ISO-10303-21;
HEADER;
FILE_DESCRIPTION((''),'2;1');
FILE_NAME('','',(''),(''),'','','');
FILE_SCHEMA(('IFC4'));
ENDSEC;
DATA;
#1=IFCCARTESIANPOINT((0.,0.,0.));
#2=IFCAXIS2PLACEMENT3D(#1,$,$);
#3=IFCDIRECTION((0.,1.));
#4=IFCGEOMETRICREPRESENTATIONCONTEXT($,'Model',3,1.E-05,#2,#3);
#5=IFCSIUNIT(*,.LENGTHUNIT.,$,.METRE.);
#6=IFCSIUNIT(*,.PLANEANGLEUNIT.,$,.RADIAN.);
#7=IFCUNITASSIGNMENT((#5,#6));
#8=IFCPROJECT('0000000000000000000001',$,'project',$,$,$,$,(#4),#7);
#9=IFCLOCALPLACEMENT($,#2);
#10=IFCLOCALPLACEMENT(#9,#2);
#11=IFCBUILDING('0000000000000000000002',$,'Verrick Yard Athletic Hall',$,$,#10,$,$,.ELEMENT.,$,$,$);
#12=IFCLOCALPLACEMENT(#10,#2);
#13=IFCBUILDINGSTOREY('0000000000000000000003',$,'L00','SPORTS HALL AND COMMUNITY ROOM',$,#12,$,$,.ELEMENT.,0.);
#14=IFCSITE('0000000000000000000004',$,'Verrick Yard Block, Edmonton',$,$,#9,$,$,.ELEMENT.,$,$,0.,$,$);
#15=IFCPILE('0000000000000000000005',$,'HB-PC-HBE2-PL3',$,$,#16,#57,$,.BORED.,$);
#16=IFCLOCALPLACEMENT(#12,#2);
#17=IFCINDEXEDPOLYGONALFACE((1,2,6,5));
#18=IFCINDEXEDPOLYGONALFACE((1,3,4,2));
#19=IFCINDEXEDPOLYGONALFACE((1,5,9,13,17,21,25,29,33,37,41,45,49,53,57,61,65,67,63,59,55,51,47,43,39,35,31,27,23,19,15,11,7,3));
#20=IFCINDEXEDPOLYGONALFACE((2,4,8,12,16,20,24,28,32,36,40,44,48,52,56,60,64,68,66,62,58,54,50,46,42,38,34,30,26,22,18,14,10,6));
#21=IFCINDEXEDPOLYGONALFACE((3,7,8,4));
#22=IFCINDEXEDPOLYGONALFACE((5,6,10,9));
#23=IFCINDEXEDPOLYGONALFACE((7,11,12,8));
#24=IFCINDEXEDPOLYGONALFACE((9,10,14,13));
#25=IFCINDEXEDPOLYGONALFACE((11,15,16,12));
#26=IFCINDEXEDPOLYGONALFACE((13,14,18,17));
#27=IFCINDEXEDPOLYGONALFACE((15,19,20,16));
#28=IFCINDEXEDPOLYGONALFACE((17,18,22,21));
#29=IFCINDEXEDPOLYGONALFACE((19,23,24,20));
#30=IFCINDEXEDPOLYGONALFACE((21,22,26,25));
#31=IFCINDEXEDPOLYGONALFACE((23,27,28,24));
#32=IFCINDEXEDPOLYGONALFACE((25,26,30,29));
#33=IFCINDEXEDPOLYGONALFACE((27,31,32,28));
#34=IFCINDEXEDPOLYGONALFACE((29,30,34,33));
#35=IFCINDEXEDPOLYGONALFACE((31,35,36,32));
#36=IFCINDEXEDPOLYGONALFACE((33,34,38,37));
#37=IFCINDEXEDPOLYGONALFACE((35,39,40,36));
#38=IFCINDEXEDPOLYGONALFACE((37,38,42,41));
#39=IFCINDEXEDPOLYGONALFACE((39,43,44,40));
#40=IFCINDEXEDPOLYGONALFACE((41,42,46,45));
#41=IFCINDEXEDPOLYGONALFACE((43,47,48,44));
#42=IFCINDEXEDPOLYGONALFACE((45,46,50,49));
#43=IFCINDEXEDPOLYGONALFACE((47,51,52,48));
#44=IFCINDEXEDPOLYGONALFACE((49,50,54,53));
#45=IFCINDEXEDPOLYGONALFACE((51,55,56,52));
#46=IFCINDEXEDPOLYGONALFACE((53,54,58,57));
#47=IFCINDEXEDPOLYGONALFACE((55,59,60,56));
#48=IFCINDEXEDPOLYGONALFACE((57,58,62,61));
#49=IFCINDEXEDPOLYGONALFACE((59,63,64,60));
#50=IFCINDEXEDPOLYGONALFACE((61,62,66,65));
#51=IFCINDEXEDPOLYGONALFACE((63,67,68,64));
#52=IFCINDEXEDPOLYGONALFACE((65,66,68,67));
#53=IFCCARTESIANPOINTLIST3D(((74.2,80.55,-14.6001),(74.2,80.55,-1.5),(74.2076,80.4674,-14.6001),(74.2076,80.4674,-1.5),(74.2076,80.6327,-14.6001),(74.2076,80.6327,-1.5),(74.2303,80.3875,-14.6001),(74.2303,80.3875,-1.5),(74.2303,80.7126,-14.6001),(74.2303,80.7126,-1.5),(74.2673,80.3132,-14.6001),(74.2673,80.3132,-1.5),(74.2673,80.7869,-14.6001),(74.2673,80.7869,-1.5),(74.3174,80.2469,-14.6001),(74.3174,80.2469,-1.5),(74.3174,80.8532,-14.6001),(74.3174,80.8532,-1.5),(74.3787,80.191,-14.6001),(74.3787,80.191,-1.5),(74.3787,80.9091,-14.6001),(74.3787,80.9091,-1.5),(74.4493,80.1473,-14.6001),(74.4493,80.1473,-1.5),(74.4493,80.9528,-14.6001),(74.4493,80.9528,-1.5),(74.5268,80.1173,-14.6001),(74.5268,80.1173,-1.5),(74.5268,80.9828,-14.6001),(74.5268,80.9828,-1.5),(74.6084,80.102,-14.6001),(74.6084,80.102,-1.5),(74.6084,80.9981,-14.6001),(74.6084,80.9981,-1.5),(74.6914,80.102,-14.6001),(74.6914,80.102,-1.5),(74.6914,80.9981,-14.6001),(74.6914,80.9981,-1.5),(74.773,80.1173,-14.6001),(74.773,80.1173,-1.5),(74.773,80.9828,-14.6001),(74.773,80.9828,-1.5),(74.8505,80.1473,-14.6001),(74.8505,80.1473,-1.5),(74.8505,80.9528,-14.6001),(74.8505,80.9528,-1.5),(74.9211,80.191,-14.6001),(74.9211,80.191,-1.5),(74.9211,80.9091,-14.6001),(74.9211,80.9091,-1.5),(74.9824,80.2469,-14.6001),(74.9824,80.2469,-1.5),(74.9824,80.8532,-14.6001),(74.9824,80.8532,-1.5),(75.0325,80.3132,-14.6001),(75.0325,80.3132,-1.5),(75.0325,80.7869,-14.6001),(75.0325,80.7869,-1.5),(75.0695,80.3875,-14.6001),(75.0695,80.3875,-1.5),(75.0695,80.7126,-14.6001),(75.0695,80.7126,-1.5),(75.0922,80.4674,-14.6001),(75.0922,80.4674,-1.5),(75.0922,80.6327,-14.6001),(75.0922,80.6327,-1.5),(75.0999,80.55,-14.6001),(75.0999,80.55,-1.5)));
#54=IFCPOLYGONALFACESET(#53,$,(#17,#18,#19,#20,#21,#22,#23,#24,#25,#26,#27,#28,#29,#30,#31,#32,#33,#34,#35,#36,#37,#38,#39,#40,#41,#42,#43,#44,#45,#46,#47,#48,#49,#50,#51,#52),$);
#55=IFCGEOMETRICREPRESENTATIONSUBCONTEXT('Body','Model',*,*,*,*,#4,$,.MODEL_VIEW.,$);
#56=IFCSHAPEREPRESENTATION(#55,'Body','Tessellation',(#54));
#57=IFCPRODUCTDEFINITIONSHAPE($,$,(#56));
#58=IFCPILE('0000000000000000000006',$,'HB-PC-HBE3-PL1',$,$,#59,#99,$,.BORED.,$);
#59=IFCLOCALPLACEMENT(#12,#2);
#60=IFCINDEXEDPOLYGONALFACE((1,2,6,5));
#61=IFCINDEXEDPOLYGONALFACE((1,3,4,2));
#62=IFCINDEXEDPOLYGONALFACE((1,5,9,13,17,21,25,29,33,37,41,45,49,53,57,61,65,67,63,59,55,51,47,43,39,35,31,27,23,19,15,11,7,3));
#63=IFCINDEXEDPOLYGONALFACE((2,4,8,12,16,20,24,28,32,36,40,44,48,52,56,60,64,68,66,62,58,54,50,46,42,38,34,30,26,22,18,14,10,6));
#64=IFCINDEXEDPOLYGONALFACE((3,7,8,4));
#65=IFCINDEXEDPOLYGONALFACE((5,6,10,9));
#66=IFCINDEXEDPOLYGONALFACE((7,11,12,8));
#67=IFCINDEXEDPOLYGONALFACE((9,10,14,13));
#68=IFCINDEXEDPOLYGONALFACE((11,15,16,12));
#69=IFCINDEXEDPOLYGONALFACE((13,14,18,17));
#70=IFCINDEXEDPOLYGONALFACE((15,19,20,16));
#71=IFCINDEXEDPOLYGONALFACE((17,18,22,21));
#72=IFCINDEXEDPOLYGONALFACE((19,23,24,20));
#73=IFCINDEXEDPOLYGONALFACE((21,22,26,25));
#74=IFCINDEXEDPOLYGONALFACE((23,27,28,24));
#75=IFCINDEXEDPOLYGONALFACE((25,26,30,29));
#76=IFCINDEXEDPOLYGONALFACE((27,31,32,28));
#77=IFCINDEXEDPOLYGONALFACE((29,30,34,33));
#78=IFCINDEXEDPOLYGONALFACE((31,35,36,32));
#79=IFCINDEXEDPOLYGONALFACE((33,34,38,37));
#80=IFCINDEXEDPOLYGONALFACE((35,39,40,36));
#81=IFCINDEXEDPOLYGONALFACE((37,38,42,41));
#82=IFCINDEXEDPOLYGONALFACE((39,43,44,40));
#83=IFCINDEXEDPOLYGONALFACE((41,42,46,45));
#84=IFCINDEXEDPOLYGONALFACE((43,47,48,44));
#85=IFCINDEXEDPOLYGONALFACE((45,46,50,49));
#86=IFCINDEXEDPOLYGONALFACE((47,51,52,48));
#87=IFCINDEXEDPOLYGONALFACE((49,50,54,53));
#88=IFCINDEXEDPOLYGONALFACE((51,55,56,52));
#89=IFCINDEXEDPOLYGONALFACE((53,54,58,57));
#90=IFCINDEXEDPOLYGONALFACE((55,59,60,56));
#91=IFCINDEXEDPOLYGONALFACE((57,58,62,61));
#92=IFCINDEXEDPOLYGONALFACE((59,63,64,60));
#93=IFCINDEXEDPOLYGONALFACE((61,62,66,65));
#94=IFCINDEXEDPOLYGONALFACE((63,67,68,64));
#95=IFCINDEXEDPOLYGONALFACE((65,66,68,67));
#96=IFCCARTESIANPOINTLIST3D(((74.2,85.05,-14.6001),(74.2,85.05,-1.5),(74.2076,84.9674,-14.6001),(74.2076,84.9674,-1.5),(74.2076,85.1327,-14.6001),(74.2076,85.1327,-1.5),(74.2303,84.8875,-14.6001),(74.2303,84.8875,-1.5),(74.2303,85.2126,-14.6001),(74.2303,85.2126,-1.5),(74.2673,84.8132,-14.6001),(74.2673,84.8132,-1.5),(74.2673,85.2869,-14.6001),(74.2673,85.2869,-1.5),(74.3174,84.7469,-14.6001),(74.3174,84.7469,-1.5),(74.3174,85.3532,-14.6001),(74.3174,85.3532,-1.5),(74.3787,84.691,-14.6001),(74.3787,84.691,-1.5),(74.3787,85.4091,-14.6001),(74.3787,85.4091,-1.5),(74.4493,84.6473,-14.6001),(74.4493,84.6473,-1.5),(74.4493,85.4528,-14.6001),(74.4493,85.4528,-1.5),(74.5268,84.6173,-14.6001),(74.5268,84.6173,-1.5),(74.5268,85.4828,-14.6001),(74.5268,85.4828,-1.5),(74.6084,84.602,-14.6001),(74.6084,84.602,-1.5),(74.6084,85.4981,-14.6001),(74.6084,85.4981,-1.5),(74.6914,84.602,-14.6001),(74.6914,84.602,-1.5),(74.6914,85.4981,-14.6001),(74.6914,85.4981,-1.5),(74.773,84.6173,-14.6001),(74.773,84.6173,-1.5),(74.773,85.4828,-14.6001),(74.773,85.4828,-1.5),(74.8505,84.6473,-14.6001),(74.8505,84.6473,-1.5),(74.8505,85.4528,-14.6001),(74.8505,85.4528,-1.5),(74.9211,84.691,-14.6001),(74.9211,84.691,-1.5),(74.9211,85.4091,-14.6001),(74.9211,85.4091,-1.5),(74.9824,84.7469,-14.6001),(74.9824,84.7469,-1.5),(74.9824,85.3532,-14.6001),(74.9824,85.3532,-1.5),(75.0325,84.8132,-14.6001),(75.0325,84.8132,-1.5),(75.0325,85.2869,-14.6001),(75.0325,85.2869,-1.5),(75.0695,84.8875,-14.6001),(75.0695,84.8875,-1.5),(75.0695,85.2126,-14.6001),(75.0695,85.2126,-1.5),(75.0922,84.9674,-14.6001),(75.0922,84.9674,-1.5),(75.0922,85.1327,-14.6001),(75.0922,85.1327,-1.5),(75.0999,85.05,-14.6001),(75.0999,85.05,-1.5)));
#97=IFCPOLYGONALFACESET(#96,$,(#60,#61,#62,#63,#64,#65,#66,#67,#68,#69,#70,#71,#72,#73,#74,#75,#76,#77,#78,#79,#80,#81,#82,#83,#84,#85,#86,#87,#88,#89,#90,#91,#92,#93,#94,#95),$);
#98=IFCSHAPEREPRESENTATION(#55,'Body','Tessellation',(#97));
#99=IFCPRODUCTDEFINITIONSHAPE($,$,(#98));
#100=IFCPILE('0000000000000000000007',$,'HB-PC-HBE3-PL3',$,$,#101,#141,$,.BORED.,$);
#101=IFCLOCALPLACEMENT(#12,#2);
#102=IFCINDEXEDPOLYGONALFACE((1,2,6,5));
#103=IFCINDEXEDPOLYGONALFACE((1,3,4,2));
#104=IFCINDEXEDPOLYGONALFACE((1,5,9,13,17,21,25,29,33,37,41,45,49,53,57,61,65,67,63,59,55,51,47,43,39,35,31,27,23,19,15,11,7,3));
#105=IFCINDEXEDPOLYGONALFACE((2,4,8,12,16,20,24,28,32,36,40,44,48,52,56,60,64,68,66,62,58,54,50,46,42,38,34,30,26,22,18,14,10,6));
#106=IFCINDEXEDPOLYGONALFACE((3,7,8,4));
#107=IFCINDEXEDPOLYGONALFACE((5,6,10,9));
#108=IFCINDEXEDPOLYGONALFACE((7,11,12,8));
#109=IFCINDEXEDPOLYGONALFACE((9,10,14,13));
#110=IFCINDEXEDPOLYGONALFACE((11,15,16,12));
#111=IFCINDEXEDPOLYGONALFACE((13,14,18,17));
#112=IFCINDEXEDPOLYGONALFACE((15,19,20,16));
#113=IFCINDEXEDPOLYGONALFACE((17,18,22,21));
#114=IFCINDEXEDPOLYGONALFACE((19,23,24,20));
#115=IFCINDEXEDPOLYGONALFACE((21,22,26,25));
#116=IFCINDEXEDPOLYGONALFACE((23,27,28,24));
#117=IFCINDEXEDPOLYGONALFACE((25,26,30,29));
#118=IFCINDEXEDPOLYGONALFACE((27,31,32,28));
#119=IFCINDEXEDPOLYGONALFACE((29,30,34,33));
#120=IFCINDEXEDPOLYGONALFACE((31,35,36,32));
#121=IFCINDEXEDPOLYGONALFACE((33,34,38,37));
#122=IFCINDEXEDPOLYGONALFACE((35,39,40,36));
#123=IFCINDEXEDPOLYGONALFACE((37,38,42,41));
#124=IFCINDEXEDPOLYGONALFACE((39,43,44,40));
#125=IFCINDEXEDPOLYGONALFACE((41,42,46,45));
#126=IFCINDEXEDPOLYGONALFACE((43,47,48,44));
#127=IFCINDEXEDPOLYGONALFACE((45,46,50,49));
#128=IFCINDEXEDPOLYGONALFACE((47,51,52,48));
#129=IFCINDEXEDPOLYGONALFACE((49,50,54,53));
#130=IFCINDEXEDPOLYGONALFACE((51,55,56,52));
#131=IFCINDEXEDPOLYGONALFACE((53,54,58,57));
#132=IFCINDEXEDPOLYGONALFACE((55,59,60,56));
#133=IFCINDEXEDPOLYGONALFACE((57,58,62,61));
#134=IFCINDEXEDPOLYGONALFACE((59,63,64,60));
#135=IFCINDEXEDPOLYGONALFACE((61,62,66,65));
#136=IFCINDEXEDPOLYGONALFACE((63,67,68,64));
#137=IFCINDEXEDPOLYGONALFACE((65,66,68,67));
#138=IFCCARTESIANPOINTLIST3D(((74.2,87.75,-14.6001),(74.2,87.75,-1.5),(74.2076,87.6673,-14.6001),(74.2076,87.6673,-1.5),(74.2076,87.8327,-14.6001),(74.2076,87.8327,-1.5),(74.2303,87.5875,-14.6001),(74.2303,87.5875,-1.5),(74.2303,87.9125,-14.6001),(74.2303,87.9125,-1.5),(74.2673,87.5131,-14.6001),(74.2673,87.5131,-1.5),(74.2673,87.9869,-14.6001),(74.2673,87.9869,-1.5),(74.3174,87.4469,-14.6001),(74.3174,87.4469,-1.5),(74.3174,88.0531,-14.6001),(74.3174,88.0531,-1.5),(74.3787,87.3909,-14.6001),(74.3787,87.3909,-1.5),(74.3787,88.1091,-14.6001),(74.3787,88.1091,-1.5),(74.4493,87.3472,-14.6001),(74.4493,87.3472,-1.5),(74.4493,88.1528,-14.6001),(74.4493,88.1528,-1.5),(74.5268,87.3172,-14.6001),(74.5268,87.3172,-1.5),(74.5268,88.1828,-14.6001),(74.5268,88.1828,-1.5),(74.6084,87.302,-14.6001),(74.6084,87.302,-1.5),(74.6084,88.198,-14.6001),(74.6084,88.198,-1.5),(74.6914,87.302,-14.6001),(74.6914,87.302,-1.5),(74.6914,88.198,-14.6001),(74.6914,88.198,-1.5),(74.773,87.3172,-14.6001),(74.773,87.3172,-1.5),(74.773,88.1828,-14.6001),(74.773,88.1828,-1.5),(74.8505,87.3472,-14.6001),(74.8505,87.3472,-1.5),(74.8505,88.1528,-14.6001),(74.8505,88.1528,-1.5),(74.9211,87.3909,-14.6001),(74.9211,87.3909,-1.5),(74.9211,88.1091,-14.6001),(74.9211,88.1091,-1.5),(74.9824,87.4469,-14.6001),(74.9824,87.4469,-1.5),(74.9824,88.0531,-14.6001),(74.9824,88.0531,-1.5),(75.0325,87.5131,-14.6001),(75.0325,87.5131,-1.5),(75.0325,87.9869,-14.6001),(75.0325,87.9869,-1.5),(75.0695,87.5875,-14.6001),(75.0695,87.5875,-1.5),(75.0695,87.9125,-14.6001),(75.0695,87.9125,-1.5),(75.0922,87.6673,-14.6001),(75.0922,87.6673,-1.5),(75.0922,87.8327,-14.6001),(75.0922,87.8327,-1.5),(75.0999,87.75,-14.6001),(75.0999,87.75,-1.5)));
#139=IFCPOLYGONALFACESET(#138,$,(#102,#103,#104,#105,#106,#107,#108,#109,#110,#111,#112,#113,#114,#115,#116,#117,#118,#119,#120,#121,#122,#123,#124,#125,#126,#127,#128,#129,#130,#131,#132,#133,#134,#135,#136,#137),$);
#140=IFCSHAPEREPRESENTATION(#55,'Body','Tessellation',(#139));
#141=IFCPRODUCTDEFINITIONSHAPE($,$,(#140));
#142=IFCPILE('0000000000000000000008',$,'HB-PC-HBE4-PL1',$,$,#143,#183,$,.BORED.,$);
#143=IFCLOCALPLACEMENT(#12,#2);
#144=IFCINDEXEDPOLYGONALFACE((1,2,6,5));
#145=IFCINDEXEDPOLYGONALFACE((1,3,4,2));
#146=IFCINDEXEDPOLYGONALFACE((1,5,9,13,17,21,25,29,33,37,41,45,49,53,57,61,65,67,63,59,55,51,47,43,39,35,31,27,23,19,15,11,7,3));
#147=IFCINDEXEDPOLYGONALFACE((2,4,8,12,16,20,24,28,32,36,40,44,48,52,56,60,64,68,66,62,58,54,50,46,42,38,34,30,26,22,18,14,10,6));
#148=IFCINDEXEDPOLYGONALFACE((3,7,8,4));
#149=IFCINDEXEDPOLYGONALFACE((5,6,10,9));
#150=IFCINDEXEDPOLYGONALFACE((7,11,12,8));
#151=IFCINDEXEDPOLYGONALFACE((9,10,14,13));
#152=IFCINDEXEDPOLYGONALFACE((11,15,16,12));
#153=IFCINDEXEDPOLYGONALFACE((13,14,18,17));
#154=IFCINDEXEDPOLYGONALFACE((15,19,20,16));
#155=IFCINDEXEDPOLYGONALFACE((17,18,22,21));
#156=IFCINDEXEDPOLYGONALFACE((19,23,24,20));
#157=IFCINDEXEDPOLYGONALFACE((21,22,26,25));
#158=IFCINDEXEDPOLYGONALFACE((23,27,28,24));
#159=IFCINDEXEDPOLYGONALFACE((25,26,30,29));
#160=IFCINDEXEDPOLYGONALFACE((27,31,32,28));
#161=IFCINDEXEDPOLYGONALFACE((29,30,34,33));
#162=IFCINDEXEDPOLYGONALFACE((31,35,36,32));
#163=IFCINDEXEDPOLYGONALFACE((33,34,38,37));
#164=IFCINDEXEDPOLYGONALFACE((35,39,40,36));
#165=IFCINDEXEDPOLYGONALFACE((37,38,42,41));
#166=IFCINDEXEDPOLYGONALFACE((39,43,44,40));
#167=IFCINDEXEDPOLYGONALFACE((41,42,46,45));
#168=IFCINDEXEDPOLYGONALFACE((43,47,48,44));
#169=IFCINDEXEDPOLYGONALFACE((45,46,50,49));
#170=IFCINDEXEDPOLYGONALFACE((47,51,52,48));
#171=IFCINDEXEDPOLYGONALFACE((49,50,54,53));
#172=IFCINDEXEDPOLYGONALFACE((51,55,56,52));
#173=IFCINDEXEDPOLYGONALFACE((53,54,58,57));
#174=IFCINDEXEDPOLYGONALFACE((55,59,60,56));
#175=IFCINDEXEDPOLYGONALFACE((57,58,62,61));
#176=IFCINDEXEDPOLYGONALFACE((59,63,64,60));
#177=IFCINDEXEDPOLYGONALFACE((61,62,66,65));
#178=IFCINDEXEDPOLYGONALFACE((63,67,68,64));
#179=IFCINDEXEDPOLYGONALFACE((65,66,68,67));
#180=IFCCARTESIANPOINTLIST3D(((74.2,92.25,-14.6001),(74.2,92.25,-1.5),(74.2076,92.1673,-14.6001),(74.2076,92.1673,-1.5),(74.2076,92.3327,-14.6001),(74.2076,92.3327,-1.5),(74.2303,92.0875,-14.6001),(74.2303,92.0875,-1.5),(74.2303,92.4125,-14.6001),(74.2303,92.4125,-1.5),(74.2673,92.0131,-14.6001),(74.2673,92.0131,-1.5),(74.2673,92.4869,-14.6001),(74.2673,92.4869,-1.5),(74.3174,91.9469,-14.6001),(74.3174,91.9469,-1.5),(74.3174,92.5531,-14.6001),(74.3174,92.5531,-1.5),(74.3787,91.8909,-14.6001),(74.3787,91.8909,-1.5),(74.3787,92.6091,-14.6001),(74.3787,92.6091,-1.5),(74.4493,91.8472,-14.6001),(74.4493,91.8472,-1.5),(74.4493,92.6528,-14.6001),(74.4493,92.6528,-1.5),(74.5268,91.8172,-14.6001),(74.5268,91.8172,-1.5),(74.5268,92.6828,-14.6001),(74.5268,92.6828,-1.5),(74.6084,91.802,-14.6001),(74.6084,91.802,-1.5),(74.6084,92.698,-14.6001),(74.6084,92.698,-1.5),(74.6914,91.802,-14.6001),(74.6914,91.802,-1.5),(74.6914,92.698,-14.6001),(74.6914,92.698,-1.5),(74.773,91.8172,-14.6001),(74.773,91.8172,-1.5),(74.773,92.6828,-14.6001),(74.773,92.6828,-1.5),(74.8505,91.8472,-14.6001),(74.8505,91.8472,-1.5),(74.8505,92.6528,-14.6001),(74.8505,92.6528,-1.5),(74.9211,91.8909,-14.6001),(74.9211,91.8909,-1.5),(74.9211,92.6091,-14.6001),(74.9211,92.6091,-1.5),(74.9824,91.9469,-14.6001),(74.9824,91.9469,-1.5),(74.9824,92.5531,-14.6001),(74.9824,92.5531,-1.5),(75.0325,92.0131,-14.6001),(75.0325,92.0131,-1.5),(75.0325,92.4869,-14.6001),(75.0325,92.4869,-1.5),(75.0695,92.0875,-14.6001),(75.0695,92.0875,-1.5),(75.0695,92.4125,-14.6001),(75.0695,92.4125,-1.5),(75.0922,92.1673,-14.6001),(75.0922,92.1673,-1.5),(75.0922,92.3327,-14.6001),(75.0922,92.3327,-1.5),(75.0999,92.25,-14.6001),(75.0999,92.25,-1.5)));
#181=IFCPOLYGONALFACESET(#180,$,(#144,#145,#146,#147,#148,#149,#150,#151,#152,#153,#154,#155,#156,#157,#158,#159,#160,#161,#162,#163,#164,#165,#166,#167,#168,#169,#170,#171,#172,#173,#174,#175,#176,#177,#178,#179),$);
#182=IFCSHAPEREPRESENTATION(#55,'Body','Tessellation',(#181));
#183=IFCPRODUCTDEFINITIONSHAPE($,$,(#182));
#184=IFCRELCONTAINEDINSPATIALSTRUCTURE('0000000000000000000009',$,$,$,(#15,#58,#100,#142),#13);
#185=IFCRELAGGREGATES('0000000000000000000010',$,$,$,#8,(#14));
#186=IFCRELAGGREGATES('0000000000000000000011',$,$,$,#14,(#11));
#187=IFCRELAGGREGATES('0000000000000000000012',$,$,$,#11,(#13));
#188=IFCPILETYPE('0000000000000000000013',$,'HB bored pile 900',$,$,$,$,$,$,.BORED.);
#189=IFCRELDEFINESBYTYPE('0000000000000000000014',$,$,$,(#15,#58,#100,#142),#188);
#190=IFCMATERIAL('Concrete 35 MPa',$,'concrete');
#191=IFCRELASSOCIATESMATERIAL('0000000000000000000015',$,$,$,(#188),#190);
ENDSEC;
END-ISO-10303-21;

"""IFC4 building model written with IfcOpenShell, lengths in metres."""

from ifc_helpers import new_model, si_unit, direction, frame, origin, origin_2d, place, context, subcontext, project, spatial, circle, extrude, material, material_profile, profile_set, type_object, element, save


model = new_model("IFC4")

# Units and contexts
model_context = context("Model", 3, precision=1e-05, world=origin(), true_north=direction((0.0, 1.0)))
body_context = subcontext(model_context, "Body", "Model", "MODEL_VIEW")
ifc_project = project(units=[si_unit("LENGTHUNIT", "METRE"), si_unit("PLANEANGLEUNIT", "RADIAN")], contexts=[model_context])

# Site, building, storey
site_placement = place(None, origin())
site = spatial("IfcSite", under=ifc_project, at=site_placement, Name="Verrick Yard Block, Edmonton", CompositionType="ELEMENT", RefElevation=0.0)
building_placement = place(site_placement, origin())
building = spatial("IfcBuilding", under=site, at=building_placement, Name="Verrick Yard Athletic Hall", CompositionType="ELEMENT")
storey_placement = place(building_placement, origin())
storey = spatial("IfcBuildingStorey", under=building, at=storey_placement, Name="L00", Description="SPORTS HALL AND COMMUNITY ROOM", CompositionType="ELEMENT", Elevation=0.0)

# Piles
ifc_material_1 = material(Name="Concrete 35 MPa", Category="concrete")
ifc_material_profile_1 = material_profile(ifc_material_1, circle(Radius=0.45, at=origin_2d()), Name="Bored pile 900")
ifc_profile_set_1 = profile_set([ifc_material_profile_1], Name="Concrete 35 MPa")
pile_type = type_object("IfcPileType", Name="HB bored pile 900", PredefinedType="BORED", material=ifc_profile_set_1)
for number, where, z_axis, x_axis, name in (
    (1, (74.6499, 80.55, -1.5), (0.0, 0.0, -1.0), (1.0, 0.0, 0.0), "HB-PC-HBE2-PL3"),
    (2, (74.6499, 85.05, -1.5), (0.0, 0.0, -1.0), (1.0, 0.0, 0.0), "HB-PC-HBE3-PL1"),
    (3, (74.6499, 87.75, -1.5), (0.0, 0.0, -1.0), (1.0, 0.0, 0.0), "HB-PC-HBE3-PL3"),
    (4, (74.6499, 92.25, -1.5), (0.0, 0.0, -1.0), (1.0, 0.0, 0.0), "HB-PC-HBE4-PL1"),
):
    element("IfcPile", number, at=place(storey_placement, frame(where, z_axis=z_axis, x_axis=x_axis)), inside=storey, type_object=pile_type, Name=name, PredefinedType="BORED", context=body_context, shape_type="SweptSolid", body=[
        extrude(circle(Radius=0.45, at=origin_2d()), origin(), (0.0, 0.0, 1.0), 13.1001),
    ])

save(model, "model.ifc")
